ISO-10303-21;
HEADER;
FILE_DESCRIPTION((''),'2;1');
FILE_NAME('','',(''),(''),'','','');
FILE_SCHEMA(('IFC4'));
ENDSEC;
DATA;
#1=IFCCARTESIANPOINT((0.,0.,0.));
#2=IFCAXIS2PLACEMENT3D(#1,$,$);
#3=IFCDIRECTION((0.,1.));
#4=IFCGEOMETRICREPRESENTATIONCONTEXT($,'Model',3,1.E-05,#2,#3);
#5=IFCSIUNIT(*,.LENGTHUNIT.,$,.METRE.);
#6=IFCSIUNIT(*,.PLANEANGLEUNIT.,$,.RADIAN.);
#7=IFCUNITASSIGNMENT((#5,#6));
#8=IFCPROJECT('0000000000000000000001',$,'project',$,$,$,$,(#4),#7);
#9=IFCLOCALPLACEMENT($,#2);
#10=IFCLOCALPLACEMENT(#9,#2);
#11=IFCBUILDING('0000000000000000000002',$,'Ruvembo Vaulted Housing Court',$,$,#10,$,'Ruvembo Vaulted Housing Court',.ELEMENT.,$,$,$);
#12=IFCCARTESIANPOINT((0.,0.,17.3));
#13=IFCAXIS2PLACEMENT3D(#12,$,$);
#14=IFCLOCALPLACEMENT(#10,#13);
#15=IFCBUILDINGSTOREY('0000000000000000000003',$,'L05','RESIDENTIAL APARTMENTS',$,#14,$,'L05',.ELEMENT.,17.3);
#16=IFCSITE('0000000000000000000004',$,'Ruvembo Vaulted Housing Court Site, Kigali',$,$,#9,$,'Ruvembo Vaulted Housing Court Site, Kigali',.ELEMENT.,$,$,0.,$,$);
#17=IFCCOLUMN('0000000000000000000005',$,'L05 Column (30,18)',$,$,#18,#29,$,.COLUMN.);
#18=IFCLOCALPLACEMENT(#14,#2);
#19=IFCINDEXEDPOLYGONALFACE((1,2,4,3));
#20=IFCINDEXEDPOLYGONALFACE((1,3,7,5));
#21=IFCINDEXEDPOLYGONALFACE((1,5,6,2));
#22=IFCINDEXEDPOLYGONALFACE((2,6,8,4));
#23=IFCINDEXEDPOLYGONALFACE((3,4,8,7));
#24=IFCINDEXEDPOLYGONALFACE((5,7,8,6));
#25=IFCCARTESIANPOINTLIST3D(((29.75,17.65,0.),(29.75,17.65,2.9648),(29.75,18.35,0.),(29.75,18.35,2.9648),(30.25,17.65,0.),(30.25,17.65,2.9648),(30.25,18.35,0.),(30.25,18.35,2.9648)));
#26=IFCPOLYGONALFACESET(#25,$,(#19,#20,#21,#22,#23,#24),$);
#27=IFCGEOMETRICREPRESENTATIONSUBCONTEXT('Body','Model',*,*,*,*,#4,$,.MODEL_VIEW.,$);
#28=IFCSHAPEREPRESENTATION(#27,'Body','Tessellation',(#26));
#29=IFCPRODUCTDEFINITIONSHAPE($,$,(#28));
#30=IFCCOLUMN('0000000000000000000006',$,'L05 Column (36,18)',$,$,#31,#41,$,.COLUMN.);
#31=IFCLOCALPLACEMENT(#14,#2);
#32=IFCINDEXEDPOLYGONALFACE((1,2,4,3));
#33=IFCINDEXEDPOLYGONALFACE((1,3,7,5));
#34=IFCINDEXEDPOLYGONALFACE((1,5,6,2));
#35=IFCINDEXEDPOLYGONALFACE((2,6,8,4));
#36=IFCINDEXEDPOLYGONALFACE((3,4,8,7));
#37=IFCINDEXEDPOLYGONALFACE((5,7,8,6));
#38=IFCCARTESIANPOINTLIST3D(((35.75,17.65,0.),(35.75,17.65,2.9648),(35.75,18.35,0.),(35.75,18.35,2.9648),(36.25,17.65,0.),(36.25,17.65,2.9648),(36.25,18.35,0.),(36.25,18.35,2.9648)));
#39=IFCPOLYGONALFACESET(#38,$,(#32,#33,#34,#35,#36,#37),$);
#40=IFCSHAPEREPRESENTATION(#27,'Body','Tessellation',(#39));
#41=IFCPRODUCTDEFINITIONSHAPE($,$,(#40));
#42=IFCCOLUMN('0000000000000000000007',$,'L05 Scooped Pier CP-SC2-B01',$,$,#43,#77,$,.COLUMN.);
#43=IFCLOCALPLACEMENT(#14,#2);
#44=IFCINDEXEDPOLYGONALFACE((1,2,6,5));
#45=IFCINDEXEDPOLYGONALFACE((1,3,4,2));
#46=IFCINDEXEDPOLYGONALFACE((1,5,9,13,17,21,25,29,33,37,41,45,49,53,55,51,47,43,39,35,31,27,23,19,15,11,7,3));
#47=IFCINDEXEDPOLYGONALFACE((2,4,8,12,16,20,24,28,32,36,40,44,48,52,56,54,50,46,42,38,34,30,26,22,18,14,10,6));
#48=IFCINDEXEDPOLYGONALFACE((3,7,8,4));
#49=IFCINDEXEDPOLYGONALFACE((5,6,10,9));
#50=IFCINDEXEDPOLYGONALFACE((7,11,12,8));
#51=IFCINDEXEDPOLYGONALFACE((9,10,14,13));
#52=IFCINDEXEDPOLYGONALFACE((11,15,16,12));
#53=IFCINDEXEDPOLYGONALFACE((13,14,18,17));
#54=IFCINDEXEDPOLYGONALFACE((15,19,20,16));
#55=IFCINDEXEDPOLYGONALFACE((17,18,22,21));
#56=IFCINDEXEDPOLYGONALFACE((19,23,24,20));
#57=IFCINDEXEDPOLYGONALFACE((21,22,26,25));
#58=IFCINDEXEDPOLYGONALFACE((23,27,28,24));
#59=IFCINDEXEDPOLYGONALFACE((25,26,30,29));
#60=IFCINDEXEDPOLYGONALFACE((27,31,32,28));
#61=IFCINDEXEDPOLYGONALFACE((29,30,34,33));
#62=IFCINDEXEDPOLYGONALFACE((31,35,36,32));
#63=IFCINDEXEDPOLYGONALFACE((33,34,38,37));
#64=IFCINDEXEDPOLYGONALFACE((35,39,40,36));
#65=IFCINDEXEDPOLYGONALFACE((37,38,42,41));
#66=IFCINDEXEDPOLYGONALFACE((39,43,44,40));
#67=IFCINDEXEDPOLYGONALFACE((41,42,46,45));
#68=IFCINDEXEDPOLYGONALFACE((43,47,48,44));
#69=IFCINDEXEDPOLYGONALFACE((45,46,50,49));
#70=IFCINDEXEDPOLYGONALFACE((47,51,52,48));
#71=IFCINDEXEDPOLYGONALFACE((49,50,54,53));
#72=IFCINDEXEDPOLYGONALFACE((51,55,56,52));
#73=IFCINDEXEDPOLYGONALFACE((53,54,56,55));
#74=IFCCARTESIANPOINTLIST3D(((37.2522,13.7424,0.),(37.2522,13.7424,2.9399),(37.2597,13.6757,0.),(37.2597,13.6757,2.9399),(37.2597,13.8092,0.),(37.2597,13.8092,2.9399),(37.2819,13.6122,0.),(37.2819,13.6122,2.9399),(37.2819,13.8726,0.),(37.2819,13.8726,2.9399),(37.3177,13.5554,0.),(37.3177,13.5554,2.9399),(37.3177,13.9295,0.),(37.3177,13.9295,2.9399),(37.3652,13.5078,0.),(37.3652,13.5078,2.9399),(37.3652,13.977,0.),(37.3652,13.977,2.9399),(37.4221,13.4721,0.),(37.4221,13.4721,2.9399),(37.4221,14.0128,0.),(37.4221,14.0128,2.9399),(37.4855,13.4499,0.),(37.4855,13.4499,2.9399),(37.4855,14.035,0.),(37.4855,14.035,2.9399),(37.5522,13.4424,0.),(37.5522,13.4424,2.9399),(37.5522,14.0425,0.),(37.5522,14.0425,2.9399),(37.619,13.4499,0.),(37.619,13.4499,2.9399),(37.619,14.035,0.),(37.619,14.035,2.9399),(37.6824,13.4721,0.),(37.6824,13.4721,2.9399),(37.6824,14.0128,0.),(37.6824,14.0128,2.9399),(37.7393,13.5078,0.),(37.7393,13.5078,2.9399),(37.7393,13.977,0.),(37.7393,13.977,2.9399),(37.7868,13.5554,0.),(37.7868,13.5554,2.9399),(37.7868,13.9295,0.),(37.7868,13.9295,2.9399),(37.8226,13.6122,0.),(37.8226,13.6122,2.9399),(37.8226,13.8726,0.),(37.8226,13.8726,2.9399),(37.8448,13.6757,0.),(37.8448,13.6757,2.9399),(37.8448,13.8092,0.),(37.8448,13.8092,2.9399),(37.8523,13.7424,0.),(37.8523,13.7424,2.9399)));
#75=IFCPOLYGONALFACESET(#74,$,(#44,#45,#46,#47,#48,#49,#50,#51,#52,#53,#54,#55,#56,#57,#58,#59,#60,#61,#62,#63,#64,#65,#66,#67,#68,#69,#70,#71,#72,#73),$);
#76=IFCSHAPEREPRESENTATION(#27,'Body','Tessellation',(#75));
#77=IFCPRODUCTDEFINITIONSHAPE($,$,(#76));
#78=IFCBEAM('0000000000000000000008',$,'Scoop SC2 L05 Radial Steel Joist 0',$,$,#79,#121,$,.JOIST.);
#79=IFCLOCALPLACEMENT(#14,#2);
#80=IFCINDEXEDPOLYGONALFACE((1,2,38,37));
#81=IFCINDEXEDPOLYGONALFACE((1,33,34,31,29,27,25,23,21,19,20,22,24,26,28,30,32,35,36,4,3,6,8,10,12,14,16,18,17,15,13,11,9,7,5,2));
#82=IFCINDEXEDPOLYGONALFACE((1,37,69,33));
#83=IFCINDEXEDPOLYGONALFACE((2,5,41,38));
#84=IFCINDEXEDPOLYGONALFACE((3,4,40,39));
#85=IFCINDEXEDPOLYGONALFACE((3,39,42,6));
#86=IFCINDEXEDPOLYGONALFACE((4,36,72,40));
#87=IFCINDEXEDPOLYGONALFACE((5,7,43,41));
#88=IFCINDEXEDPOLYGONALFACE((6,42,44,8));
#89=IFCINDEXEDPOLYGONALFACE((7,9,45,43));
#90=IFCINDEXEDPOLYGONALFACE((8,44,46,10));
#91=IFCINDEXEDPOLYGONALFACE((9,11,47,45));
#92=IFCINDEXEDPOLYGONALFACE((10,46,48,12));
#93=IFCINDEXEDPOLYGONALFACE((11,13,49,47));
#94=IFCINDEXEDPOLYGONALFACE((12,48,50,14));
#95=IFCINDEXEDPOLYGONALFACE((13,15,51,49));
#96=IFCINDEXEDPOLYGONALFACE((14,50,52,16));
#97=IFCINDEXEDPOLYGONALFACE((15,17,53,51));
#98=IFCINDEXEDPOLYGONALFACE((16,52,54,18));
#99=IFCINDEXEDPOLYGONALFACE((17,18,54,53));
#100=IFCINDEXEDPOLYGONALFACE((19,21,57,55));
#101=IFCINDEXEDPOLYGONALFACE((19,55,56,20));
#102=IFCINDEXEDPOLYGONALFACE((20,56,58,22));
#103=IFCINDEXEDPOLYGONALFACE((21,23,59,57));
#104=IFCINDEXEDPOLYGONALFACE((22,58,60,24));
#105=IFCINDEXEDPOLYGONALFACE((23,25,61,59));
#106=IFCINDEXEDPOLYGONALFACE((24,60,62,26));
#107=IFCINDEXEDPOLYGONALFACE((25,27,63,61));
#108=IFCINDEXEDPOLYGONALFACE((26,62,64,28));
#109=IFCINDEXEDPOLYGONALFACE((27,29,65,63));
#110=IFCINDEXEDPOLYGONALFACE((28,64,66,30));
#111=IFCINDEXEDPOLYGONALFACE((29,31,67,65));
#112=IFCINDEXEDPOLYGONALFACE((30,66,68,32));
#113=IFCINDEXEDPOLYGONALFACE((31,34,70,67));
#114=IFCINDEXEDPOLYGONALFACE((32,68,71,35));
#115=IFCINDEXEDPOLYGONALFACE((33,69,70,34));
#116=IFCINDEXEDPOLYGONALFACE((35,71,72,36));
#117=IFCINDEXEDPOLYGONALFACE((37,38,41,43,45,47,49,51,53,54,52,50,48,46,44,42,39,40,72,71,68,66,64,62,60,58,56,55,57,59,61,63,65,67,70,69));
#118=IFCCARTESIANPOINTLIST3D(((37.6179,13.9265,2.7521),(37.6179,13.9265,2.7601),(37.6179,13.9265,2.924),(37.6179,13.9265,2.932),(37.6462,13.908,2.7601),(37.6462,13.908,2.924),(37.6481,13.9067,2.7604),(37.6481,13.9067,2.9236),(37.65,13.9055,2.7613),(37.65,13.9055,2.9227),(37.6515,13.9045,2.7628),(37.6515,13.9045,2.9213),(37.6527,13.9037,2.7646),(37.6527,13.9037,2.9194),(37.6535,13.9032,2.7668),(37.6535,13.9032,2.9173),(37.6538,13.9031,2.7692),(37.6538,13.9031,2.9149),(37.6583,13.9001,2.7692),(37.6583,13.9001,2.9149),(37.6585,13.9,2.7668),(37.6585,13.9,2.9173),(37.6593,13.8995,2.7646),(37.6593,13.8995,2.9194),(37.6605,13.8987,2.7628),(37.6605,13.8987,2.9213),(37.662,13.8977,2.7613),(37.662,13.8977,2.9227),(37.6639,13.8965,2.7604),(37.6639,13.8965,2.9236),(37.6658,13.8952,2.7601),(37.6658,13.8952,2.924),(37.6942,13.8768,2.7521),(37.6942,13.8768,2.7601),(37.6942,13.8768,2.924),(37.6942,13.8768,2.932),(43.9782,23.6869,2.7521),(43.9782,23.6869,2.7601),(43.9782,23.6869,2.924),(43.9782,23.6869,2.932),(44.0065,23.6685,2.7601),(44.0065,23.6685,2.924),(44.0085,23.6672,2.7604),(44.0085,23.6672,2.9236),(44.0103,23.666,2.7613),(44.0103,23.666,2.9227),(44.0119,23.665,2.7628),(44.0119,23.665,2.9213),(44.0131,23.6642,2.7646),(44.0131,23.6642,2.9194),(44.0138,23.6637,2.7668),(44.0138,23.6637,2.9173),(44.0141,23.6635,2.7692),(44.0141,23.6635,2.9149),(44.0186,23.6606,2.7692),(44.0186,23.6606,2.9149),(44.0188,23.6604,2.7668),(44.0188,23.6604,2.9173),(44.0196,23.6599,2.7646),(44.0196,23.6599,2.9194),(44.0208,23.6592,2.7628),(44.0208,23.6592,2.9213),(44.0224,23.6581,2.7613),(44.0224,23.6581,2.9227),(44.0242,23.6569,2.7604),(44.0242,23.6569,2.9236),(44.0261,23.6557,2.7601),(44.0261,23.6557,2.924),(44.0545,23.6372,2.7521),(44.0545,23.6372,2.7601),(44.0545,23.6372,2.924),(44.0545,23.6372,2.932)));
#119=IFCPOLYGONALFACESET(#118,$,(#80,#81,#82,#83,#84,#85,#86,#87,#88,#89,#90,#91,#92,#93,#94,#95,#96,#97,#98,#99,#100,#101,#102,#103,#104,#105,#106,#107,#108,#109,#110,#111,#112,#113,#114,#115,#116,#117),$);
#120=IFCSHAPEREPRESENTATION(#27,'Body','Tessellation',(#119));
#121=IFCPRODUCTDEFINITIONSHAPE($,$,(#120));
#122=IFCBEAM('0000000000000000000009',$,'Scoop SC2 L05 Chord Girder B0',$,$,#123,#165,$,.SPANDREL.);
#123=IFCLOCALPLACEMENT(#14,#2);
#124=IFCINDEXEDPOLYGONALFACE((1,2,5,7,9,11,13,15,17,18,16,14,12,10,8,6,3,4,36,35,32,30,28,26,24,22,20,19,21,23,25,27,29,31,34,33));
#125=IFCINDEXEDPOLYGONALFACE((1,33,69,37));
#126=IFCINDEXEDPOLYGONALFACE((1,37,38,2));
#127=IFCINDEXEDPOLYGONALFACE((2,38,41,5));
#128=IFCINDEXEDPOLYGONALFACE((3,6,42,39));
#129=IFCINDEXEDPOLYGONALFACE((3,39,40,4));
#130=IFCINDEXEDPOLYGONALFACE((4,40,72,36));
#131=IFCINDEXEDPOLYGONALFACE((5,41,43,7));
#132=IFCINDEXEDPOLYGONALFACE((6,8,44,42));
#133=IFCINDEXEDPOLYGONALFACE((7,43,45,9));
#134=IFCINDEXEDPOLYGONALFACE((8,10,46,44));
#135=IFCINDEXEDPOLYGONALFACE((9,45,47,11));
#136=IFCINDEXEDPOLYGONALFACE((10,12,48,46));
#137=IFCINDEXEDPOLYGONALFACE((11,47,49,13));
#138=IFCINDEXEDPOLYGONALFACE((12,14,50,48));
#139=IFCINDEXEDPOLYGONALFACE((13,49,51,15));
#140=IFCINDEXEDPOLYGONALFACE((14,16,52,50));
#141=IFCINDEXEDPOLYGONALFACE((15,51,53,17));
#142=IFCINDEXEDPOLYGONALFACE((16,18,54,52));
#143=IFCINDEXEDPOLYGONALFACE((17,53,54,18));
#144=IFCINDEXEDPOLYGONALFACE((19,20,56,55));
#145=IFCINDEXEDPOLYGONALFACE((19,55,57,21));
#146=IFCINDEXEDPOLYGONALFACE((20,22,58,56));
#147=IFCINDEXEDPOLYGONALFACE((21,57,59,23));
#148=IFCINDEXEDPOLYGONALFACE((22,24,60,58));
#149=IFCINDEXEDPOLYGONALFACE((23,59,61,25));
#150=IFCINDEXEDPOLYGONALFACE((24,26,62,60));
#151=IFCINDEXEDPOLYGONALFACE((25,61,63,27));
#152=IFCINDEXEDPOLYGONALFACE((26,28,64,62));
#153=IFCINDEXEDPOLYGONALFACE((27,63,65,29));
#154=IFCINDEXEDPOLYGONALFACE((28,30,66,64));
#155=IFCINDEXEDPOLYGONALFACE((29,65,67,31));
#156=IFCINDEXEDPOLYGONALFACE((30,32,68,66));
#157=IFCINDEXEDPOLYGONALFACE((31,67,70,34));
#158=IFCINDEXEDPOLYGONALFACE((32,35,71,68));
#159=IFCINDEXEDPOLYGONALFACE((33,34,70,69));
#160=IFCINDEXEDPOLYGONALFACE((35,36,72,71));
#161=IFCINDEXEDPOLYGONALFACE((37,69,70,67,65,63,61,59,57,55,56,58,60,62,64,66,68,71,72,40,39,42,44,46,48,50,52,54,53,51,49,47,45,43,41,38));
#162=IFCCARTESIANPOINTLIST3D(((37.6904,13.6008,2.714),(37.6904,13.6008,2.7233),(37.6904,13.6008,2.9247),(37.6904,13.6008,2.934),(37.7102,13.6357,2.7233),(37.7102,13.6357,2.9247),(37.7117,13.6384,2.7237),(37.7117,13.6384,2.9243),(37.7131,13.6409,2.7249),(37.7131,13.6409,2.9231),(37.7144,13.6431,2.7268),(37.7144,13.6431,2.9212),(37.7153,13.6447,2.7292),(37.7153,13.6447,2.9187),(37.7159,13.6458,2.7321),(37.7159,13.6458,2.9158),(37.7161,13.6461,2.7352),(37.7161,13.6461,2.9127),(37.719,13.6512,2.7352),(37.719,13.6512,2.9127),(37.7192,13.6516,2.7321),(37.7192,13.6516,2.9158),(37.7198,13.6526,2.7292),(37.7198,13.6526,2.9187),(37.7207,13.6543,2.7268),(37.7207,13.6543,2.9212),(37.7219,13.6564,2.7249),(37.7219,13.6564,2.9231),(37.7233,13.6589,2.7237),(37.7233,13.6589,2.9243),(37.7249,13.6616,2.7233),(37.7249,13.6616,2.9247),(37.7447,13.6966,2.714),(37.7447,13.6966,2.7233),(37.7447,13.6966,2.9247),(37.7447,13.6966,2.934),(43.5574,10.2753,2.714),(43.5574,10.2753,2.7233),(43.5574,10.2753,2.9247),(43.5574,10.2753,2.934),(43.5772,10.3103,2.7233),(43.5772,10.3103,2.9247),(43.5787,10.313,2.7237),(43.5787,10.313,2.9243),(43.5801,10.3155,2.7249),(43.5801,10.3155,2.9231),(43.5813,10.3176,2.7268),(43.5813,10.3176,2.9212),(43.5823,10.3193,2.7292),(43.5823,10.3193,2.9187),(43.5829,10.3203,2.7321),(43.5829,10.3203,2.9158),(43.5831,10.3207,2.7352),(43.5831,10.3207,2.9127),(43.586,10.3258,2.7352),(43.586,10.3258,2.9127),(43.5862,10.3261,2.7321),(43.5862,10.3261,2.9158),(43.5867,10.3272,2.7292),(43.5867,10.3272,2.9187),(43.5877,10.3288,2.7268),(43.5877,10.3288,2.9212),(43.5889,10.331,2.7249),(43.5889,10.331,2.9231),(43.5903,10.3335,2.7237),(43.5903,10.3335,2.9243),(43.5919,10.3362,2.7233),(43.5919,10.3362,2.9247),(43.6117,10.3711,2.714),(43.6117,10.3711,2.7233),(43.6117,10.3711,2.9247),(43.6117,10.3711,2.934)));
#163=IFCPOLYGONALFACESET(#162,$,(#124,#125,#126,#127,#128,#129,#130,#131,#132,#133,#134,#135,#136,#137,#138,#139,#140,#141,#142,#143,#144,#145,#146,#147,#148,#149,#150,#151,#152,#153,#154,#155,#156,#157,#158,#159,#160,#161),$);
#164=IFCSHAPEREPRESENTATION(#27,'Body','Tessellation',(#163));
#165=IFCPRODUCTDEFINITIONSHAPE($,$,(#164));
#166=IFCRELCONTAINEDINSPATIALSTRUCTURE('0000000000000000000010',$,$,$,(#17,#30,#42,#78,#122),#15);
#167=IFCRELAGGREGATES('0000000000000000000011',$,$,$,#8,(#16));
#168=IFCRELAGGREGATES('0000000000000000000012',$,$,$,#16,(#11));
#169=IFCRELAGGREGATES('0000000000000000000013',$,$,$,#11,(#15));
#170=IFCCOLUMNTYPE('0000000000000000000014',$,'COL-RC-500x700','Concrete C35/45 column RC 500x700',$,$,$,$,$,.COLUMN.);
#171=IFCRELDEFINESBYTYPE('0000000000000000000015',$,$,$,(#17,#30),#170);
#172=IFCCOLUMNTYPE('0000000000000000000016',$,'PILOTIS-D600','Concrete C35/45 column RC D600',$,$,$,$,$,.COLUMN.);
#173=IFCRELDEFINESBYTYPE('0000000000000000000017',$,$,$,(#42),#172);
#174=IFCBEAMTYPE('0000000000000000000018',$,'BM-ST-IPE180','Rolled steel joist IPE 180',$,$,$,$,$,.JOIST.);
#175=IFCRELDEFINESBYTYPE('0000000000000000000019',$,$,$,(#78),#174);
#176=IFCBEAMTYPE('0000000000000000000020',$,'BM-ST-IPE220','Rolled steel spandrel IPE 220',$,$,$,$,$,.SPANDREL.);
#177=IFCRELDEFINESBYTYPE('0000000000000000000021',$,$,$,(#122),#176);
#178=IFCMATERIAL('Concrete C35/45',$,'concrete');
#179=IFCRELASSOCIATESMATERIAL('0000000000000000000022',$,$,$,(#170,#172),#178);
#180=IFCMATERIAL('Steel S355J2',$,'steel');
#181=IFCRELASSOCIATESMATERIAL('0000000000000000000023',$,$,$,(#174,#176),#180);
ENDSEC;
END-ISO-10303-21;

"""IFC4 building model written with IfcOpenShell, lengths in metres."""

from ifc_helpers import new_model, si_unit, direction, frame, origin, origin_2d, place, context, subcontext, project, spatial, rectangle, circle, i_section, extrude, material, material_profile, profile_set, type_object, element, save


model = new_model("IFC4")

# Units and contexts
model_context = context("Model", 3, precision=1e-05, world=origin(), true_north=direction((0.0, 1.0)))
body_context = subcontext(model_context, "Body", "Model", "MODEL_VIEW")
ifc_project = project(units=[si_unit("LENGTHUNIT", "METRE"), si_unit("PLANEANGLEUNIT", "RADIAN")], contexts=[model_context])

# Site, building, storey
site_placement = place(None, origin())
site = spatial("IfcSite", under=ifc_project, at=site_placement, Name="Ruvembo Vaulted Housing Court Site, Kigali", LongName="Ruvembo Vaulted Housing Court Site, Kigali", CompositionType="ELEMENT", RefElevation=0.0)
building_placement = place(site_placement, origin())
building = spatial("IfcBuilding", under=site, at=building_placement, Name="Ruvembo Vaulted Housing Court", LongName="Ruvembo Vaulted Housing Court", CompositionType="ELEMENT")
storey_placement = place(building_placement, frame((0.0, 0.0, 17.3)))
storey = spatial("IfcBuildingStorey", under=building, at=storey_placement, Name="L05", Description="RESIDENTIAL APARTMENTS", LongName="L05", CompositionType="ELEMENT", Elevation=17.3)

# Columns
ifc_material_1 = material(Name="Concrete C35/45", Category="concrete")
ifc_material_profile_1 = material_profile(ifc_material_1, rectangle(XDim=0.5, YDim=0.7, at=origin_2d()), Name="RC 500x700")
ifc_profile_set_1 = profile_set([ifc_material_profile_1], Name="Concrete C35/45")
column_type_1 = type_object("IfcColumnType", Name="COL-RC-500x700", Description="Concrete C35/45 column RC 500x700", PredefinedType="COLUMN", material=ifc_profile_set_1)
for number, where, z_axis, x_axis, name in (
    (1, (30.0, 18.0, 0.0), (0.0, 0.0, 1.0), (1.0, 0.0, 0.0), "L05 Column (30,18)"),
    (2, (36.0, 18.0, 0.0), (0.0, 0.0, 1.0), (1.0, 0.0, 0.0), "L05 Column (36,18)"),
):
    element("IfcColumn", number, at=place(storey_placement, frame(where, z_axis=z_axis, x_axis=x_axis)), inside=storey, type_object=column_type_1, Name=name, PredefinedType="COLUMN", context=body_context, shape_type="SweptSolid", body=[
        extrude(rectangle(XDim=0.5, YDim=0.7, at=origin_2d()), origin(), (0.0, 0.0, 1.0), 2.9648),
    ])
ifc_material_profile_2 = material_profile(ifc_material_1, circle(Radius=0.3, at=origin_2d()), Name="RC D600")
ifc_profile_set_2 = profile_set([ifc_material_profile_2], Name="Concrete C35/45")
column_type_2 = type_object("IfcColumnType", Name="PILOTIS-D600", Description="Concrete C35/45 column RC D600", PredefinedType="COLUMN", material=ifc_profile_set_2)
column_placement = place(storey_placement, frame((37.5522, 13.7424, 0.0), z_axis=(0.0, 0.0, 1.0), x_axis=(1.0, 0.0, 0.0)))
element("IfcColumn", 3, at=column_placement, inside=storey, type_object=column_type_2, Name="L05 Scooped Pier CP-SC2-B01", PredefinedType="COLUMN", context=body_context, shape_type="SweptSolid", body=[
    extrude(circle(Radius=0.3, at=origin_2d()), origin(), (0.0, 0.0, 1.0), 2.9399),
])

# Beams
ifc_material_2 = material(Name="Steel S355J2", Category="steel")
ifc_material_profile_3 = material_profile(ifc_material_2, i_section(OverallWidth=0.0911, OverallDepth=0.1799, WebThickness=0.0054, FlangeThickness=0.0081, FilletRadius=0.009, at=origin_2d()), Name="IPE 180")
ifc_profile_set_3 = profile_set([ifc_material_profile_3], Name="Steel S355J2")
beam_type_1 = type_object("IfcBeamType", Name="BM-ST-IPE180", Description="Rolled steel joist IPE 180", PredefinedType="JOIST", material=ifc_profile_set_3)
beam_1_placement = place(storey_placement, frame((37.656, 13.9016, 2.842), z_axis=(0.545955, 0.837814, 0.0), x_axis=(-0.837814, 0.545955, 0.0)))
element("IfcBeam", 4, at=beam_1_placement, inside=storey, type_object=beam_type_1, Name="Scoop SC2 L05 Radial Steel Joist 0", PredefinedType="JOIST", context=body_context, shape_type="SweptSolid", body=[
    extrude(i_section(OverallWidth=0.0911, OverallDepth=0.1799, WebThickness=0.0054, FlangeThickness=0.0081, FilletRadius=0.009, at=origin_2d()), origin(), (0.0, 0.0, 1.0), 11.6499),
])
ifc_material_profile_4 = material_profile(ifc_material_2, i_section(OverallWidth=0.1101, OverallDepth=0.22, WebThickness=0.0059, FlangeThickness=0.0093, FilletRadius=0.012, at=origin_2d()), Name="IPE 220")
ifc_profile_set_4 = profile_set([ifc_material_profile_4], Name="Steel S355J2")
beam_type_2 = type_object("IfcBeamType", Name="BM-ST-IPE220", Description="Rolled steel spandrel IPE 220", PredefinedType="SPANDREL", material=ifc_profile_set_4)
beam_2_placement = place(storey_placement, frame((37.7175, 13.6487, 2.824), z_axis=(0.869969, -0.493107, 0.0), x_axis=(0.493107, 0.869969, 0.0)))
element("IfcBeam", 5, at=beam_2_placement, inside=storey, type_object=beam_type_2, Name="Scoop SC2 L05 Chord Girder B0", PredefinedType="SPANDREL", context=body_context, shape_type="SweptSolid", body=[
    extrude(i_section(OverallWidth=0.1101, OverallDepth=0.22, WebThickness=0.0059, FlangeThickness=0.0093, FilletRadius=0.012, at=origin_2d()), origin(), (0.0, 0.0, 1.0), 6.7439),
])

save(model, "model.ifc")
